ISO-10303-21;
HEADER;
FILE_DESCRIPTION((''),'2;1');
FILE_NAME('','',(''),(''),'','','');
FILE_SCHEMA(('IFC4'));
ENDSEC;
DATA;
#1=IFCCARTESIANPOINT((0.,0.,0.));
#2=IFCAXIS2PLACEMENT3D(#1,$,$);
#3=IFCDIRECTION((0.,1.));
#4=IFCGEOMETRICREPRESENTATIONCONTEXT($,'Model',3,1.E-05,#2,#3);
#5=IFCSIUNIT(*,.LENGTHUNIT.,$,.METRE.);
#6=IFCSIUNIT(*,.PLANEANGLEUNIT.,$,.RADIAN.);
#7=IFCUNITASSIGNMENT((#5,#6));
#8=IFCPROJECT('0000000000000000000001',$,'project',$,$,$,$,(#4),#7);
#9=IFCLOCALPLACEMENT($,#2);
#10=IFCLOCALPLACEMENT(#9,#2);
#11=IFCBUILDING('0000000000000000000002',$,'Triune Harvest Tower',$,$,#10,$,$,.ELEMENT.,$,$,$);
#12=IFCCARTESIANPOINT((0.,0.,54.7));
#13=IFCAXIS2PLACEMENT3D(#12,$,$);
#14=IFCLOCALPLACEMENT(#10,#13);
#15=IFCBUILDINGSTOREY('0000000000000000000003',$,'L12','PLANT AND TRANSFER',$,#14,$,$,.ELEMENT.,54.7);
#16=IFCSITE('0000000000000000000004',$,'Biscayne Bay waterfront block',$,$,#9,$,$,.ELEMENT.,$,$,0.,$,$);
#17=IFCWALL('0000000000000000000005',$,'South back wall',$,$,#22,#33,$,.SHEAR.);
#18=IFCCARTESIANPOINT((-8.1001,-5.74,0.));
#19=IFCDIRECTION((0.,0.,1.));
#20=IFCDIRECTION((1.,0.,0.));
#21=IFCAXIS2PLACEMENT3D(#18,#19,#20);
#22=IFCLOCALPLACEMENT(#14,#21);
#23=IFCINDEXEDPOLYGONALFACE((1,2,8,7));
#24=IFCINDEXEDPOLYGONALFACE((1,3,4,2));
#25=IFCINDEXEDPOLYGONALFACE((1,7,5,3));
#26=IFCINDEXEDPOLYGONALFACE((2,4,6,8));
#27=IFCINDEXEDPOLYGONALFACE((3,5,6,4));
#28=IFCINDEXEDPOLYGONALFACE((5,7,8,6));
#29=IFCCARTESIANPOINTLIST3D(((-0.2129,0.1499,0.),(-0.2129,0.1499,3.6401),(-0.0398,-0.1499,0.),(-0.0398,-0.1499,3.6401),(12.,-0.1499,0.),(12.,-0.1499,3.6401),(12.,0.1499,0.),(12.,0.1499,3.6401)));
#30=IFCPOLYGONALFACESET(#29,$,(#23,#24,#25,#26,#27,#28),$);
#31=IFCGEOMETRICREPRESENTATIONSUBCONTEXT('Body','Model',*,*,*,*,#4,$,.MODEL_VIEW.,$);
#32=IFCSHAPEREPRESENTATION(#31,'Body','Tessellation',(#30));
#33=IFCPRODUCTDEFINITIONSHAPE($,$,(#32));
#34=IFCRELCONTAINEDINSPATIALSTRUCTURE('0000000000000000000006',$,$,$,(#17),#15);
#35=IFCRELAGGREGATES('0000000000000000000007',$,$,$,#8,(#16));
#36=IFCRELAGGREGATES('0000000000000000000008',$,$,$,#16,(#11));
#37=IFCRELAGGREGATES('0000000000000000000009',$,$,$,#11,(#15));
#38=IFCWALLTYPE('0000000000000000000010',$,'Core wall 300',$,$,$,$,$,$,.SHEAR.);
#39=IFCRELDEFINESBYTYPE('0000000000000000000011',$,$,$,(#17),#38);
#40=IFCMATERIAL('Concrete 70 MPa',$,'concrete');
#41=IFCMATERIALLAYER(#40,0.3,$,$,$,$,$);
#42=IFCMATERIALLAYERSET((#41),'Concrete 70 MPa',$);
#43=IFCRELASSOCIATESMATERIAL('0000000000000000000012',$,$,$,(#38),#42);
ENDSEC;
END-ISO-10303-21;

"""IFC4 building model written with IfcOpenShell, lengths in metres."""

from ifc_helpers import new_model, si_unit, direction, frame, origin, place, context, subcontext, project, spatial, polyline, outline, extrude, source, transform, mapped, material, layer, layer_set, type_object, element, save


model = new_model("IFC4")

# Units and contexts
model_context = context("Model", 3, precision=1e-05, world=origin(), true_north=direction((0.0, 1.0)))
body_context = subcontext(model_context, "Body", "Model", "MODEL_VIEW")
ifc_project = project(units=[si_unit("LENGTHUNIT", "METRE"), si_unit("PLANEANGLEUNIT", "RADIAN")], contexts=[model_context])

# Site, building, storey
site_placement = place(None, origin())
site = spatial("IfcSite", under=ifc_project, at=site_placement, Name="Biscayne Bay waterfront block", CompositionType="ELEMENT", RefElevation=0.0)
building_placement = place(site_placement, origin())
building = spatial("IfcBuilding", under=site, at=building_placement, Name="Triune Harvest Tower", CompositionType="ELEMENT")
storey_placement = place(building_placement, frame((0.0, 0.0, 54.7)))
storey = spatial("IfcBuildingStorey", under=building, at=storey_placement, Name="L12", Description="PLANT AND TRANSFER", CompositionType="ELEMENT", Elevation=54.7)

# Shared definitions
ifc_material_1 = material(Name="Concrete 70 MPa", Category="concrete")
ifc_layer_1 = layer(ifc_material_1, 0.3)
ifc_layer_set_1 = layer_set([ifc_layer_1], Name="Concrete 70 MPa")
wall_type_1 = type_object("IfcWallType", Name="Core wall 300", PredefinedType="SHEAR", material=ifc_layer_set_1)

# Wall
shared_shape_1 = source(origin(), body_context, "Body", "SweptSolid", [
    extrude(outline(polyline([(12.0, -0.1499), (-0.0398, -0.1499), (-0.2129, 0.1499), (12.0, 0.1499), (12.0, -0.1499)])), origin(), (0.0, 0.0, 1.0), 3.6401),
])
wall_1_placement = place(storey_placement, frame((-8.1001, -5.74, 0.0), z_axis=(0.0, 0.0, 1.0), x_axis=(1.0, 0.0, 0.0)))
element("IfcWall", 1, at=wall_1_placement, inside=storey, type_object=wall_type_1, Name="South back wall", PredefinedType="SHEAR", context=body_context, shape_type="MappedRepresentation", body=[
    mapped(shared_shape_1, transform((0.0, 0.0, 0.0), scale=1.0)),
])

save(model, "model.ifc")
